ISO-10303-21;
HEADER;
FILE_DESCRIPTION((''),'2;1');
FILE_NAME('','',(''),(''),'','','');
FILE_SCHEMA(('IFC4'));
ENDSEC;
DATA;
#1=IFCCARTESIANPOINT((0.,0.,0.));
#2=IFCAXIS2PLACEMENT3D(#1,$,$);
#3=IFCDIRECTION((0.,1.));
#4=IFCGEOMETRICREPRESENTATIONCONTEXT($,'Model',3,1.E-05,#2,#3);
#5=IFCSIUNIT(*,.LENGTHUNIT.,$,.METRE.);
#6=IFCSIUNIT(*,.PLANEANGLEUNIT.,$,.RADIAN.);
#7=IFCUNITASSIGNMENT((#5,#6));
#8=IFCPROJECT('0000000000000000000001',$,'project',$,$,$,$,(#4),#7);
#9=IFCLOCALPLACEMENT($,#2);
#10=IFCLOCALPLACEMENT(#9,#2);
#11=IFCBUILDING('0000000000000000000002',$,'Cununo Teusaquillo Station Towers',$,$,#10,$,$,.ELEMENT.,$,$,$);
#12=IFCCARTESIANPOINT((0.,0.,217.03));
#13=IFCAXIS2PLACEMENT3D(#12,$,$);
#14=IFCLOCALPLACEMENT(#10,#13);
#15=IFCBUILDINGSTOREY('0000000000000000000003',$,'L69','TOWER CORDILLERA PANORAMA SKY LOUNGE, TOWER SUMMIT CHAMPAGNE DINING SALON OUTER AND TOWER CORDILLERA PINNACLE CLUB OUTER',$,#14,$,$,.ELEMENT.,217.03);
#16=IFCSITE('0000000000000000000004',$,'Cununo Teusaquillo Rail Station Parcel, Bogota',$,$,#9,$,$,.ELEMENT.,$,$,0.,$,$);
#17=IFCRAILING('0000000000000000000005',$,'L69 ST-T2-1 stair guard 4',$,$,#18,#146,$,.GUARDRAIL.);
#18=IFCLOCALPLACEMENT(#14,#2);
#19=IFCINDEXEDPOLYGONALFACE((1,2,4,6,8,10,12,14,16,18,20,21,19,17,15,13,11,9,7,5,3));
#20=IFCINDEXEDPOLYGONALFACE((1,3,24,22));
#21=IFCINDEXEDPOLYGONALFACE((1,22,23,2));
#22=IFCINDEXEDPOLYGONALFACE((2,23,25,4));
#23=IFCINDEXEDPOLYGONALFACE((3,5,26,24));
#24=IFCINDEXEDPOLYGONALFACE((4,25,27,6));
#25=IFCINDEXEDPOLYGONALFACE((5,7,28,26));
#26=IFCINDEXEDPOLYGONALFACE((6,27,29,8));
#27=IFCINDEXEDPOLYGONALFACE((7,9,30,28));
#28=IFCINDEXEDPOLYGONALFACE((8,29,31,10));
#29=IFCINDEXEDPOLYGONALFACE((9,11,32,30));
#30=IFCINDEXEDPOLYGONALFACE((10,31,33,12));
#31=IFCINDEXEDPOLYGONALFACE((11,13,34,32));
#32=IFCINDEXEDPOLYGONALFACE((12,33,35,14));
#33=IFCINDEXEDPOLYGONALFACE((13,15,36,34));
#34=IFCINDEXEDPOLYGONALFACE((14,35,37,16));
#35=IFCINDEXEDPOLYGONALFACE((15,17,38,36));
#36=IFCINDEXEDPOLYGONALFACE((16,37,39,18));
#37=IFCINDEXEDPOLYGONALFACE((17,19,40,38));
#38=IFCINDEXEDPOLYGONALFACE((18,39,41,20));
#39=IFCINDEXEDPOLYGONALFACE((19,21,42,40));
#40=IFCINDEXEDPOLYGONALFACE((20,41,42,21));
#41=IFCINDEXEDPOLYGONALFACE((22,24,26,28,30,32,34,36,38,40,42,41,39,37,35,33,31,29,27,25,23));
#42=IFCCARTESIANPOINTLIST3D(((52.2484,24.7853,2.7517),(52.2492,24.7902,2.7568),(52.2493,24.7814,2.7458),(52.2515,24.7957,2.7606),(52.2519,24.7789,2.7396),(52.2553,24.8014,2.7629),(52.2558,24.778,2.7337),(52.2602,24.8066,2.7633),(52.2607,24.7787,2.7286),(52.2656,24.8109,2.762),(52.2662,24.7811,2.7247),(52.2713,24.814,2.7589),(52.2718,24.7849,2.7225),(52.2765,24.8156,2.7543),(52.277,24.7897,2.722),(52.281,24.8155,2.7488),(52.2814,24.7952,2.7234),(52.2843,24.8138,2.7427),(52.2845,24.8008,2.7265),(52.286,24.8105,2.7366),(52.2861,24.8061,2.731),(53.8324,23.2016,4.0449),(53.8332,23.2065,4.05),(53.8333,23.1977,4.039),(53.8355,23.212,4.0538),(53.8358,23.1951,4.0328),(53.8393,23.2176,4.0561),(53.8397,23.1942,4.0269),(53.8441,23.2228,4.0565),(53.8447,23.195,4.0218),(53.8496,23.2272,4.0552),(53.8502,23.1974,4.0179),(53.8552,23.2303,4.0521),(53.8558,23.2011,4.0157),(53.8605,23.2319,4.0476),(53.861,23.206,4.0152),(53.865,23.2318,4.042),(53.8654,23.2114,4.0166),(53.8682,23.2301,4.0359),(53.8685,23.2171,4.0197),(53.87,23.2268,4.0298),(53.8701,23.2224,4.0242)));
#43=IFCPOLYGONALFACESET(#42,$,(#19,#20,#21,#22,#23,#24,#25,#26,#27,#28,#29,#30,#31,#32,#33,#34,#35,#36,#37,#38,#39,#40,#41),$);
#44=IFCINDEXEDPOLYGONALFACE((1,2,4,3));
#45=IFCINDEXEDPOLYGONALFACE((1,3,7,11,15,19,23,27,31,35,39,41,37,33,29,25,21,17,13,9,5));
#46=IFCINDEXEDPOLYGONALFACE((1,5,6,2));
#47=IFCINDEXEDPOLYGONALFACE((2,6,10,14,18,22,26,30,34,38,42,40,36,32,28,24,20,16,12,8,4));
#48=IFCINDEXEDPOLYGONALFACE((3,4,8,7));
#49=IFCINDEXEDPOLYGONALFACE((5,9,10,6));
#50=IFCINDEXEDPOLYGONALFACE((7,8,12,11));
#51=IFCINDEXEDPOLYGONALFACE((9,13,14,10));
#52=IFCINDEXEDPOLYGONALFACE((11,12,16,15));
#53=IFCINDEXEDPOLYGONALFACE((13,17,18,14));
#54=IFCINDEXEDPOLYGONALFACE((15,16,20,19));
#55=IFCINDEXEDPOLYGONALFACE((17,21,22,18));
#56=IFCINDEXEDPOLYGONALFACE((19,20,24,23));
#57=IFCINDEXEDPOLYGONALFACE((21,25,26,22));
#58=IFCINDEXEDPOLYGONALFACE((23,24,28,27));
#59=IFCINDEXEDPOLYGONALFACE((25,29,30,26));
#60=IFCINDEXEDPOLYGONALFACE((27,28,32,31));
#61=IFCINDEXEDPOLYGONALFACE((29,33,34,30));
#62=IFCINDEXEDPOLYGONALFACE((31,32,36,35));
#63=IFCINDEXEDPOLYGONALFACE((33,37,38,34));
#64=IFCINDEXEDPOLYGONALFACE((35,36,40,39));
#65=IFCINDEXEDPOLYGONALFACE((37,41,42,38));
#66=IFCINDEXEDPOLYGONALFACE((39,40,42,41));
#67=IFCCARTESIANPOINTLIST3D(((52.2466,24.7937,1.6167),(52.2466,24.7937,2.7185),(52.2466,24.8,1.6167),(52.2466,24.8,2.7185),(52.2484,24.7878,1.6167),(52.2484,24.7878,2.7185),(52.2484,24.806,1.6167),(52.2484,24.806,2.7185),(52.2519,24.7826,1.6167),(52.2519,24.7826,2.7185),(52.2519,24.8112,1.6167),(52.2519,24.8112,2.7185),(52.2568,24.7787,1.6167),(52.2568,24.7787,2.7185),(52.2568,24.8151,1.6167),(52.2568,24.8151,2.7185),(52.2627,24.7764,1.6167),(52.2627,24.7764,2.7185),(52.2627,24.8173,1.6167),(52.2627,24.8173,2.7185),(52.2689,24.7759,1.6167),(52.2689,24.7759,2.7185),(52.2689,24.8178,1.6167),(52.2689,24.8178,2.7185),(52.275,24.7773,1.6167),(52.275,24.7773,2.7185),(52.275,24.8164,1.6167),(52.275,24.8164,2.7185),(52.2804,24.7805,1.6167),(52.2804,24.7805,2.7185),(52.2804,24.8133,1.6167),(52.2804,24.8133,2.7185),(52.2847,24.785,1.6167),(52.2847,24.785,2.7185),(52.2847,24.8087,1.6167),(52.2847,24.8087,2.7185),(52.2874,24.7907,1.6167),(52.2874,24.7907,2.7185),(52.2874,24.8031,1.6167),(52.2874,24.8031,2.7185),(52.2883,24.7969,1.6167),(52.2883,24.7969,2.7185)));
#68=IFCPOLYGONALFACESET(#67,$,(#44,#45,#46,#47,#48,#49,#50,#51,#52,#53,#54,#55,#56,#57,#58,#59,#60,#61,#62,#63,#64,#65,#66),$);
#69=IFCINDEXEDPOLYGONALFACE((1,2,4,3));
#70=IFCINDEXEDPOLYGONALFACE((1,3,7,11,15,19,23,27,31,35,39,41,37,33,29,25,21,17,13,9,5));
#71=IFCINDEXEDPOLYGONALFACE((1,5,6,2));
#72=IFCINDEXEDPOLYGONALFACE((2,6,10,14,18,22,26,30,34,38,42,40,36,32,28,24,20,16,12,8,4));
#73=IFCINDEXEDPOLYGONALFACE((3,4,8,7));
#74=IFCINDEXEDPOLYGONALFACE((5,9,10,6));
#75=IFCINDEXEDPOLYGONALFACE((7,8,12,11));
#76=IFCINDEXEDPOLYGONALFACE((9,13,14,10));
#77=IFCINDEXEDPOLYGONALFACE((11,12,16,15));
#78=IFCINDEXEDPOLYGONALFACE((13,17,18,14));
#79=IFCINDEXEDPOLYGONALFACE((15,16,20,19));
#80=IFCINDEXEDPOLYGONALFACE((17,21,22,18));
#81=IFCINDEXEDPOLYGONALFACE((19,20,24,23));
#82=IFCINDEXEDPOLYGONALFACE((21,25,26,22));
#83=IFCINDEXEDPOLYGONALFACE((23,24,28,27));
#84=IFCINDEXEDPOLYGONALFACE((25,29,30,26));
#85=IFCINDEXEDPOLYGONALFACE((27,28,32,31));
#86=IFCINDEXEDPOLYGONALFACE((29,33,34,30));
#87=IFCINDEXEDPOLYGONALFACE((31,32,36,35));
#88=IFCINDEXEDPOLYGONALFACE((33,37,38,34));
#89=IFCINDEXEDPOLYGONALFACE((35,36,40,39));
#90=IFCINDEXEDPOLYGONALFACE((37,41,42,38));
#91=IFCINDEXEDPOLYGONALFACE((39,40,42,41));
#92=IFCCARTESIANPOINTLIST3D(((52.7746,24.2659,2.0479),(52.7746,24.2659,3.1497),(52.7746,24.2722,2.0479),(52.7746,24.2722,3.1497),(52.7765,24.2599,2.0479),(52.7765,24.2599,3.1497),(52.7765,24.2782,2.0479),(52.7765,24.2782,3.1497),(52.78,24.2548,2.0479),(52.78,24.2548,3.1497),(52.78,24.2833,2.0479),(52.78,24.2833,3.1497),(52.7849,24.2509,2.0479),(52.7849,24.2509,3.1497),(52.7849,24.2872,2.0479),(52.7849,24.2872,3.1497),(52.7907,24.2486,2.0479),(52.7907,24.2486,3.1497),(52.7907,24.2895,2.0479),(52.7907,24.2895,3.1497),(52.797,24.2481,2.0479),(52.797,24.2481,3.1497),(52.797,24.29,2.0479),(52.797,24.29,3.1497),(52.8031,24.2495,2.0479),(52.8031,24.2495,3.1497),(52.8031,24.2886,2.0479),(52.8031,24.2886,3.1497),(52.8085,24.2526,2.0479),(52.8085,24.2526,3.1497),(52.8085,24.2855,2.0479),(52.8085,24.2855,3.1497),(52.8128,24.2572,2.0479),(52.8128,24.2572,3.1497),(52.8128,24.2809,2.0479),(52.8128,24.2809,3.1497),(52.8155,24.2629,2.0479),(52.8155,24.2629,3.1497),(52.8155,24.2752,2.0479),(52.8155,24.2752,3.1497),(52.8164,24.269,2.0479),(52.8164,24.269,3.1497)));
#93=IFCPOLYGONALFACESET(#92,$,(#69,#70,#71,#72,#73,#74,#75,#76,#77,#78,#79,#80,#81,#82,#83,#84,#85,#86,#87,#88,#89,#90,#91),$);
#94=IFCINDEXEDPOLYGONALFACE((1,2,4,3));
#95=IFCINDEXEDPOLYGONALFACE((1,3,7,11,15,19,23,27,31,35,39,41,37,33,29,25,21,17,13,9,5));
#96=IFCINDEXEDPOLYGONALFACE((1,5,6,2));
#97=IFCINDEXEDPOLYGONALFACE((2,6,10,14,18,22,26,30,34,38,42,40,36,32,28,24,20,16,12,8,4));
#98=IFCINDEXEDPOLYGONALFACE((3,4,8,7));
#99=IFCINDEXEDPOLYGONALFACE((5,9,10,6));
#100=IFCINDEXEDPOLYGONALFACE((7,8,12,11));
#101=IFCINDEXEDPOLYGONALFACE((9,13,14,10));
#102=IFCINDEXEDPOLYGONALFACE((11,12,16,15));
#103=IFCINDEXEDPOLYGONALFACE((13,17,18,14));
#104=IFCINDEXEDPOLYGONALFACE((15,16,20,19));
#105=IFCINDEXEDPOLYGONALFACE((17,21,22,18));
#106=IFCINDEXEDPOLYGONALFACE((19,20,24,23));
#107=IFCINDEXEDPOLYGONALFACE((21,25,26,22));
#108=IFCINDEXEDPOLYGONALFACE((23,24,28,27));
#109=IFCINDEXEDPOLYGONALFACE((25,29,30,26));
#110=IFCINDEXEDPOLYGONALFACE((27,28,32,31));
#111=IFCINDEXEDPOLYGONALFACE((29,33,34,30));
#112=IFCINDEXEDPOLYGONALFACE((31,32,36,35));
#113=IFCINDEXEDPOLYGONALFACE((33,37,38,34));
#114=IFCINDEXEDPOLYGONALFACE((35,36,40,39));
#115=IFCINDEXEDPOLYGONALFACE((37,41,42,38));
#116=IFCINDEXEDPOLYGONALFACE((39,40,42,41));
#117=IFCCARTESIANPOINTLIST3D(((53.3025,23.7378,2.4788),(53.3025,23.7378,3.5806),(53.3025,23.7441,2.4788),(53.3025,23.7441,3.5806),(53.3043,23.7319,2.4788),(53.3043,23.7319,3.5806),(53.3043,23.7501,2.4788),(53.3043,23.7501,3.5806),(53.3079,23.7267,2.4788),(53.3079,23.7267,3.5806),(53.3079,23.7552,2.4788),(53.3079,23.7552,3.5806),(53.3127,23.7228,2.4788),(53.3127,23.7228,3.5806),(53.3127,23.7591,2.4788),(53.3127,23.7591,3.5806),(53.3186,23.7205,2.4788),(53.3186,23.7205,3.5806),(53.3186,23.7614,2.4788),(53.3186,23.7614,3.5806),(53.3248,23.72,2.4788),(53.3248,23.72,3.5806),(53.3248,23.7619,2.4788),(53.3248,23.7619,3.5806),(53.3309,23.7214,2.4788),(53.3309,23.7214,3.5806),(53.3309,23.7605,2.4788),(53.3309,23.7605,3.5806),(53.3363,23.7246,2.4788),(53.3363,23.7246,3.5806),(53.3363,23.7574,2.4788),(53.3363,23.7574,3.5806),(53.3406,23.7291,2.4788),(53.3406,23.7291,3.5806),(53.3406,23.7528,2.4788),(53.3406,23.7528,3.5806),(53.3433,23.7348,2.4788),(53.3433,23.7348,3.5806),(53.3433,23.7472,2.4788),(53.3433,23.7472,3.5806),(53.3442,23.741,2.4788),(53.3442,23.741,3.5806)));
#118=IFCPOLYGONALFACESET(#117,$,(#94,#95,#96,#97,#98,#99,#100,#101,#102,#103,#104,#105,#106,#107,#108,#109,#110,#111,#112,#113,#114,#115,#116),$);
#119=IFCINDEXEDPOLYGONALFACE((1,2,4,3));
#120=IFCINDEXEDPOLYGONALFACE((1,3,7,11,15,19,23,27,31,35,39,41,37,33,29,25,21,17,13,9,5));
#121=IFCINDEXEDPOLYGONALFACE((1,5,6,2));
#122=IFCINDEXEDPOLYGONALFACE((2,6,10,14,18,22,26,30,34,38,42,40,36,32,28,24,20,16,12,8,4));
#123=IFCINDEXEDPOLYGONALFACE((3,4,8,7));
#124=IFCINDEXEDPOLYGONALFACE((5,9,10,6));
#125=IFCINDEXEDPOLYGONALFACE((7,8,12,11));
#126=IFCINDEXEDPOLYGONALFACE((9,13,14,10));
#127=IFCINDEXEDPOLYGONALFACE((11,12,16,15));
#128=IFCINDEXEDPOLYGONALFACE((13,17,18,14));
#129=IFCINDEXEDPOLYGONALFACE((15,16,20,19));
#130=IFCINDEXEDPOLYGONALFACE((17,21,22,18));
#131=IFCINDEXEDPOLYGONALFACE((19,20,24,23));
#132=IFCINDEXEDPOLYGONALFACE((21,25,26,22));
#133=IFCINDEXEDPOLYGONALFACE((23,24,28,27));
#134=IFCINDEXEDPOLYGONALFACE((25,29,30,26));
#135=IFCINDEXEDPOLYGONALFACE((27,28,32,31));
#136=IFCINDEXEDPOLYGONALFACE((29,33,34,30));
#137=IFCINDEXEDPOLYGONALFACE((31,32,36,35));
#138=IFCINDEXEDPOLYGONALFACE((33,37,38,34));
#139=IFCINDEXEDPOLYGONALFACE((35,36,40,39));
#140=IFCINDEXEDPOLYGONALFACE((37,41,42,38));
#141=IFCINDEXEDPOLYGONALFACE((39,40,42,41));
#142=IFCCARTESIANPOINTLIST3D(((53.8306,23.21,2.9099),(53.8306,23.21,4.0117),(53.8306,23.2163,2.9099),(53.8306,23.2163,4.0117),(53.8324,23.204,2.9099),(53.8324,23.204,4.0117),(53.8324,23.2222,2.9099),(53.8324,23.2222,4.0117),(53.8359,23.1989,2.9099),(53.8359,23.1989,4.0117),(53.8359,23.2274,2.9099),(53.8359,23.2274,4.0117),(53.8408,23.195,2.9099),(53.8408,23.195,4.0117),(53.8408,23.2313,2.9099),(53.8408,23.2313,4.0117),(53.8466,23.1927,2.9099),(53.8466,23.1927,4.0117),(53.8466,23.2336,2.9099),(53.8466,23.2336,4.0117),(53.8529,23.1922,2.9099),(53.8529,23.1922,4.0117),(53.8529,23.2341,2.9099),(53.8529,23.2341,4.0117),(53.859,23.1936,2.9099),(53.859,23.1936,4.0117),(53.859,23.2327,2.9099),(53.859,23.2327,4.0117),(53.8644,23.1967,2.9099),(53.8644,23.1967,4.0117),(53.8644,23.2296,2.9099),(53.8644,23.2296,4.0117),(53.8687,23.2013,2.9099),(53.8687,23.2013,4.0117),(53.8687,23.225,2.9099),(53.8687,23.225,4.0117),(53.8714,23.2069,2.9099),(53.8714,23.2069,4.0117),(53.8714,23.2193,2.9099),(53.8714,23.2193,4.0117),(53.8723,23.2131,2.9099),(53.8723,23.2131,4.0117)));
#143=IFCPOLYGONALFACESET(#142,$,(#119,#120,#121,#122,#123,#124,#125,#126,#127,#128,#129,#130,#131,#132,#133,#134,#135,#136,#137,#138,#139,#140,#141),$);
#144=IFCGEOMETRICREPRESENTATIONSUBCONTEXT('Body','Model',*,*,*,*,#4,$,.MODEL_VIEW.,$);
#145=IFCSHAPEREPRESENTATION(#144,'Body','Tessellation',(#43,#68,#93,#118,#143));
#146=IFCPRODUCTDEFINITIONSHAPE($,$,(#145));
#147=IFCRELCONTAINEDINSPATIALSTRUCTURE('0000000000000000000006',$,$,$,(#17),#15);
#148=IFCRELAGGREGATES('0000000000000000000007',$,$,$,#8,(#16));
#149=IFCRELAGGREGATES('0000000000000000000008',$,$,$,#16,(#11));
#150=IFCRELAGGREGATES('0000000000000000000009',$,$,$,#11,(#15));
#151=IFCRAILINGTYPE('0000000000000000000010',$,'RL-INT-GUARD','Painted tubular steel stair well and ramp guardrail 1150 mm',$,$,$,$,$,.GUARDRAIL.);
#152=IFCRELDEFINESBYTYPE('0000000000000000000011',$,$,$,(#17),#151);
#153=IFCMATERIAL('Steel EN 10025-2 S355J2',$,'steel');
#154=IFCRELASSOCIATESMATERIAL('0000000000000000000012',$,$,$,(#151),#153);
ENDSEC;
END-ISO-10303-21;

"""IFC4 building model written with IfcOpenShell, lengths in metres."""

from ifc_helpers import new_model, si_unit, direction, frame, origin, origin_2d, place, context, subcontext, project, spatial, circle, extrude, material, type_object, element, save


model = new_model("IFC4")

# Units and contexts
model_context = context("Model", 3, precision=1e-05, world=origin(), true_north=direction((0.0, 1.0)))
body_context = subcontext(model_context, "Body", "Model", "MODEL_VIEW")
ifc_project = project(units=[si_unit("LENGTHUNIT", "METRE"), si_unit("PLANEANGLEUNIT", "RADIAN")], contexts=[model_context])

# Site, building, storey
site_placement = place(None, origin())
site = spatial("IfcSite", under=ifc_project, at=site_placement, Name="Cununo Teusaquillo Rail Station Parcel, Bogota", CompositionType="ELEMENT", RefElevation=0.0)
building_placement = place(site_placement, origin())
building = spatial("IfcBuilding", under=site, at=building_placement, Name="Cununo Teusaquillo Station Towers", CompositionType="ELEMENT")
storey_placement = place(building_placement, frame((0.0, 0.0, 217.03)))
storey = spatial("IfcBuildingStorey", under=building, at=storey_placement, Name="L69", Description="TOWER CORDILLERA PANORAMA SKY LOUNGE, TOWER SUMMIT CHAMPAGNE DINING SALON OUTER AND TOWER CORDILLERA PINNACLE CLUB OUTER", CompositionType="ELEMENT", Elevation=217.03)

# Railing
ifc_material_1 = material(Name="Steel EN 10025-2 S355J2", Category="steel")
railing_type_1 = type_object("IfcRailingType", Name="RL-INT-GUARD", Description="Painted tubular steel stair well and ramp guardrail 1150 mm", PredefinedType="GUARDRAIL", material=ifc_material_1)
railing_1_placement = place(storey_placement, frame((52.2673, 24.7969, 1.6167)))
element("IfcRailing", 1, at=railing_1_placement, inside=storey, type_object=railing_type_1, Name="L69 ST-T2-1 stair guard 4", PredefinedType="GUARDRAIL", context=body_context, shape_type="SweptSolid", body=[
    extrude(circle(Radius=0.0239, at=origin_2d()), frame((0.0, 0.0, 1.126), z_axis=(0.61242, -0.612326, 0.499998), x_axis=(0.707052, 0.707161, 0.0)), (0.0, 0.0, 1.0), 2.5864),
    extrude(circle(Radius=0.021, at=origin_2d()), origin(), (0.0, 0.0, 1.0), 1.1018),
    extrude(circle(Radius=0.021, at=origin_2d()), frame((0.5281, -0.5278, 0.4312)), (0.0, 0.0, 1.0), 1.1018),
    extrude(circle(Radius=0.021, at=origin_2d()), frame((1.0559, -1.0559, 0.8621)), (0.0, 0.0, 1.0), 1.1018),
    extrude(circle(Radius=0.021, at=origin_2d()), frame((1.584, -1.5837, 1.2932)), (0.0, 0.0, 1.0), 1.1018),
])

save(model, "model.ifc")
